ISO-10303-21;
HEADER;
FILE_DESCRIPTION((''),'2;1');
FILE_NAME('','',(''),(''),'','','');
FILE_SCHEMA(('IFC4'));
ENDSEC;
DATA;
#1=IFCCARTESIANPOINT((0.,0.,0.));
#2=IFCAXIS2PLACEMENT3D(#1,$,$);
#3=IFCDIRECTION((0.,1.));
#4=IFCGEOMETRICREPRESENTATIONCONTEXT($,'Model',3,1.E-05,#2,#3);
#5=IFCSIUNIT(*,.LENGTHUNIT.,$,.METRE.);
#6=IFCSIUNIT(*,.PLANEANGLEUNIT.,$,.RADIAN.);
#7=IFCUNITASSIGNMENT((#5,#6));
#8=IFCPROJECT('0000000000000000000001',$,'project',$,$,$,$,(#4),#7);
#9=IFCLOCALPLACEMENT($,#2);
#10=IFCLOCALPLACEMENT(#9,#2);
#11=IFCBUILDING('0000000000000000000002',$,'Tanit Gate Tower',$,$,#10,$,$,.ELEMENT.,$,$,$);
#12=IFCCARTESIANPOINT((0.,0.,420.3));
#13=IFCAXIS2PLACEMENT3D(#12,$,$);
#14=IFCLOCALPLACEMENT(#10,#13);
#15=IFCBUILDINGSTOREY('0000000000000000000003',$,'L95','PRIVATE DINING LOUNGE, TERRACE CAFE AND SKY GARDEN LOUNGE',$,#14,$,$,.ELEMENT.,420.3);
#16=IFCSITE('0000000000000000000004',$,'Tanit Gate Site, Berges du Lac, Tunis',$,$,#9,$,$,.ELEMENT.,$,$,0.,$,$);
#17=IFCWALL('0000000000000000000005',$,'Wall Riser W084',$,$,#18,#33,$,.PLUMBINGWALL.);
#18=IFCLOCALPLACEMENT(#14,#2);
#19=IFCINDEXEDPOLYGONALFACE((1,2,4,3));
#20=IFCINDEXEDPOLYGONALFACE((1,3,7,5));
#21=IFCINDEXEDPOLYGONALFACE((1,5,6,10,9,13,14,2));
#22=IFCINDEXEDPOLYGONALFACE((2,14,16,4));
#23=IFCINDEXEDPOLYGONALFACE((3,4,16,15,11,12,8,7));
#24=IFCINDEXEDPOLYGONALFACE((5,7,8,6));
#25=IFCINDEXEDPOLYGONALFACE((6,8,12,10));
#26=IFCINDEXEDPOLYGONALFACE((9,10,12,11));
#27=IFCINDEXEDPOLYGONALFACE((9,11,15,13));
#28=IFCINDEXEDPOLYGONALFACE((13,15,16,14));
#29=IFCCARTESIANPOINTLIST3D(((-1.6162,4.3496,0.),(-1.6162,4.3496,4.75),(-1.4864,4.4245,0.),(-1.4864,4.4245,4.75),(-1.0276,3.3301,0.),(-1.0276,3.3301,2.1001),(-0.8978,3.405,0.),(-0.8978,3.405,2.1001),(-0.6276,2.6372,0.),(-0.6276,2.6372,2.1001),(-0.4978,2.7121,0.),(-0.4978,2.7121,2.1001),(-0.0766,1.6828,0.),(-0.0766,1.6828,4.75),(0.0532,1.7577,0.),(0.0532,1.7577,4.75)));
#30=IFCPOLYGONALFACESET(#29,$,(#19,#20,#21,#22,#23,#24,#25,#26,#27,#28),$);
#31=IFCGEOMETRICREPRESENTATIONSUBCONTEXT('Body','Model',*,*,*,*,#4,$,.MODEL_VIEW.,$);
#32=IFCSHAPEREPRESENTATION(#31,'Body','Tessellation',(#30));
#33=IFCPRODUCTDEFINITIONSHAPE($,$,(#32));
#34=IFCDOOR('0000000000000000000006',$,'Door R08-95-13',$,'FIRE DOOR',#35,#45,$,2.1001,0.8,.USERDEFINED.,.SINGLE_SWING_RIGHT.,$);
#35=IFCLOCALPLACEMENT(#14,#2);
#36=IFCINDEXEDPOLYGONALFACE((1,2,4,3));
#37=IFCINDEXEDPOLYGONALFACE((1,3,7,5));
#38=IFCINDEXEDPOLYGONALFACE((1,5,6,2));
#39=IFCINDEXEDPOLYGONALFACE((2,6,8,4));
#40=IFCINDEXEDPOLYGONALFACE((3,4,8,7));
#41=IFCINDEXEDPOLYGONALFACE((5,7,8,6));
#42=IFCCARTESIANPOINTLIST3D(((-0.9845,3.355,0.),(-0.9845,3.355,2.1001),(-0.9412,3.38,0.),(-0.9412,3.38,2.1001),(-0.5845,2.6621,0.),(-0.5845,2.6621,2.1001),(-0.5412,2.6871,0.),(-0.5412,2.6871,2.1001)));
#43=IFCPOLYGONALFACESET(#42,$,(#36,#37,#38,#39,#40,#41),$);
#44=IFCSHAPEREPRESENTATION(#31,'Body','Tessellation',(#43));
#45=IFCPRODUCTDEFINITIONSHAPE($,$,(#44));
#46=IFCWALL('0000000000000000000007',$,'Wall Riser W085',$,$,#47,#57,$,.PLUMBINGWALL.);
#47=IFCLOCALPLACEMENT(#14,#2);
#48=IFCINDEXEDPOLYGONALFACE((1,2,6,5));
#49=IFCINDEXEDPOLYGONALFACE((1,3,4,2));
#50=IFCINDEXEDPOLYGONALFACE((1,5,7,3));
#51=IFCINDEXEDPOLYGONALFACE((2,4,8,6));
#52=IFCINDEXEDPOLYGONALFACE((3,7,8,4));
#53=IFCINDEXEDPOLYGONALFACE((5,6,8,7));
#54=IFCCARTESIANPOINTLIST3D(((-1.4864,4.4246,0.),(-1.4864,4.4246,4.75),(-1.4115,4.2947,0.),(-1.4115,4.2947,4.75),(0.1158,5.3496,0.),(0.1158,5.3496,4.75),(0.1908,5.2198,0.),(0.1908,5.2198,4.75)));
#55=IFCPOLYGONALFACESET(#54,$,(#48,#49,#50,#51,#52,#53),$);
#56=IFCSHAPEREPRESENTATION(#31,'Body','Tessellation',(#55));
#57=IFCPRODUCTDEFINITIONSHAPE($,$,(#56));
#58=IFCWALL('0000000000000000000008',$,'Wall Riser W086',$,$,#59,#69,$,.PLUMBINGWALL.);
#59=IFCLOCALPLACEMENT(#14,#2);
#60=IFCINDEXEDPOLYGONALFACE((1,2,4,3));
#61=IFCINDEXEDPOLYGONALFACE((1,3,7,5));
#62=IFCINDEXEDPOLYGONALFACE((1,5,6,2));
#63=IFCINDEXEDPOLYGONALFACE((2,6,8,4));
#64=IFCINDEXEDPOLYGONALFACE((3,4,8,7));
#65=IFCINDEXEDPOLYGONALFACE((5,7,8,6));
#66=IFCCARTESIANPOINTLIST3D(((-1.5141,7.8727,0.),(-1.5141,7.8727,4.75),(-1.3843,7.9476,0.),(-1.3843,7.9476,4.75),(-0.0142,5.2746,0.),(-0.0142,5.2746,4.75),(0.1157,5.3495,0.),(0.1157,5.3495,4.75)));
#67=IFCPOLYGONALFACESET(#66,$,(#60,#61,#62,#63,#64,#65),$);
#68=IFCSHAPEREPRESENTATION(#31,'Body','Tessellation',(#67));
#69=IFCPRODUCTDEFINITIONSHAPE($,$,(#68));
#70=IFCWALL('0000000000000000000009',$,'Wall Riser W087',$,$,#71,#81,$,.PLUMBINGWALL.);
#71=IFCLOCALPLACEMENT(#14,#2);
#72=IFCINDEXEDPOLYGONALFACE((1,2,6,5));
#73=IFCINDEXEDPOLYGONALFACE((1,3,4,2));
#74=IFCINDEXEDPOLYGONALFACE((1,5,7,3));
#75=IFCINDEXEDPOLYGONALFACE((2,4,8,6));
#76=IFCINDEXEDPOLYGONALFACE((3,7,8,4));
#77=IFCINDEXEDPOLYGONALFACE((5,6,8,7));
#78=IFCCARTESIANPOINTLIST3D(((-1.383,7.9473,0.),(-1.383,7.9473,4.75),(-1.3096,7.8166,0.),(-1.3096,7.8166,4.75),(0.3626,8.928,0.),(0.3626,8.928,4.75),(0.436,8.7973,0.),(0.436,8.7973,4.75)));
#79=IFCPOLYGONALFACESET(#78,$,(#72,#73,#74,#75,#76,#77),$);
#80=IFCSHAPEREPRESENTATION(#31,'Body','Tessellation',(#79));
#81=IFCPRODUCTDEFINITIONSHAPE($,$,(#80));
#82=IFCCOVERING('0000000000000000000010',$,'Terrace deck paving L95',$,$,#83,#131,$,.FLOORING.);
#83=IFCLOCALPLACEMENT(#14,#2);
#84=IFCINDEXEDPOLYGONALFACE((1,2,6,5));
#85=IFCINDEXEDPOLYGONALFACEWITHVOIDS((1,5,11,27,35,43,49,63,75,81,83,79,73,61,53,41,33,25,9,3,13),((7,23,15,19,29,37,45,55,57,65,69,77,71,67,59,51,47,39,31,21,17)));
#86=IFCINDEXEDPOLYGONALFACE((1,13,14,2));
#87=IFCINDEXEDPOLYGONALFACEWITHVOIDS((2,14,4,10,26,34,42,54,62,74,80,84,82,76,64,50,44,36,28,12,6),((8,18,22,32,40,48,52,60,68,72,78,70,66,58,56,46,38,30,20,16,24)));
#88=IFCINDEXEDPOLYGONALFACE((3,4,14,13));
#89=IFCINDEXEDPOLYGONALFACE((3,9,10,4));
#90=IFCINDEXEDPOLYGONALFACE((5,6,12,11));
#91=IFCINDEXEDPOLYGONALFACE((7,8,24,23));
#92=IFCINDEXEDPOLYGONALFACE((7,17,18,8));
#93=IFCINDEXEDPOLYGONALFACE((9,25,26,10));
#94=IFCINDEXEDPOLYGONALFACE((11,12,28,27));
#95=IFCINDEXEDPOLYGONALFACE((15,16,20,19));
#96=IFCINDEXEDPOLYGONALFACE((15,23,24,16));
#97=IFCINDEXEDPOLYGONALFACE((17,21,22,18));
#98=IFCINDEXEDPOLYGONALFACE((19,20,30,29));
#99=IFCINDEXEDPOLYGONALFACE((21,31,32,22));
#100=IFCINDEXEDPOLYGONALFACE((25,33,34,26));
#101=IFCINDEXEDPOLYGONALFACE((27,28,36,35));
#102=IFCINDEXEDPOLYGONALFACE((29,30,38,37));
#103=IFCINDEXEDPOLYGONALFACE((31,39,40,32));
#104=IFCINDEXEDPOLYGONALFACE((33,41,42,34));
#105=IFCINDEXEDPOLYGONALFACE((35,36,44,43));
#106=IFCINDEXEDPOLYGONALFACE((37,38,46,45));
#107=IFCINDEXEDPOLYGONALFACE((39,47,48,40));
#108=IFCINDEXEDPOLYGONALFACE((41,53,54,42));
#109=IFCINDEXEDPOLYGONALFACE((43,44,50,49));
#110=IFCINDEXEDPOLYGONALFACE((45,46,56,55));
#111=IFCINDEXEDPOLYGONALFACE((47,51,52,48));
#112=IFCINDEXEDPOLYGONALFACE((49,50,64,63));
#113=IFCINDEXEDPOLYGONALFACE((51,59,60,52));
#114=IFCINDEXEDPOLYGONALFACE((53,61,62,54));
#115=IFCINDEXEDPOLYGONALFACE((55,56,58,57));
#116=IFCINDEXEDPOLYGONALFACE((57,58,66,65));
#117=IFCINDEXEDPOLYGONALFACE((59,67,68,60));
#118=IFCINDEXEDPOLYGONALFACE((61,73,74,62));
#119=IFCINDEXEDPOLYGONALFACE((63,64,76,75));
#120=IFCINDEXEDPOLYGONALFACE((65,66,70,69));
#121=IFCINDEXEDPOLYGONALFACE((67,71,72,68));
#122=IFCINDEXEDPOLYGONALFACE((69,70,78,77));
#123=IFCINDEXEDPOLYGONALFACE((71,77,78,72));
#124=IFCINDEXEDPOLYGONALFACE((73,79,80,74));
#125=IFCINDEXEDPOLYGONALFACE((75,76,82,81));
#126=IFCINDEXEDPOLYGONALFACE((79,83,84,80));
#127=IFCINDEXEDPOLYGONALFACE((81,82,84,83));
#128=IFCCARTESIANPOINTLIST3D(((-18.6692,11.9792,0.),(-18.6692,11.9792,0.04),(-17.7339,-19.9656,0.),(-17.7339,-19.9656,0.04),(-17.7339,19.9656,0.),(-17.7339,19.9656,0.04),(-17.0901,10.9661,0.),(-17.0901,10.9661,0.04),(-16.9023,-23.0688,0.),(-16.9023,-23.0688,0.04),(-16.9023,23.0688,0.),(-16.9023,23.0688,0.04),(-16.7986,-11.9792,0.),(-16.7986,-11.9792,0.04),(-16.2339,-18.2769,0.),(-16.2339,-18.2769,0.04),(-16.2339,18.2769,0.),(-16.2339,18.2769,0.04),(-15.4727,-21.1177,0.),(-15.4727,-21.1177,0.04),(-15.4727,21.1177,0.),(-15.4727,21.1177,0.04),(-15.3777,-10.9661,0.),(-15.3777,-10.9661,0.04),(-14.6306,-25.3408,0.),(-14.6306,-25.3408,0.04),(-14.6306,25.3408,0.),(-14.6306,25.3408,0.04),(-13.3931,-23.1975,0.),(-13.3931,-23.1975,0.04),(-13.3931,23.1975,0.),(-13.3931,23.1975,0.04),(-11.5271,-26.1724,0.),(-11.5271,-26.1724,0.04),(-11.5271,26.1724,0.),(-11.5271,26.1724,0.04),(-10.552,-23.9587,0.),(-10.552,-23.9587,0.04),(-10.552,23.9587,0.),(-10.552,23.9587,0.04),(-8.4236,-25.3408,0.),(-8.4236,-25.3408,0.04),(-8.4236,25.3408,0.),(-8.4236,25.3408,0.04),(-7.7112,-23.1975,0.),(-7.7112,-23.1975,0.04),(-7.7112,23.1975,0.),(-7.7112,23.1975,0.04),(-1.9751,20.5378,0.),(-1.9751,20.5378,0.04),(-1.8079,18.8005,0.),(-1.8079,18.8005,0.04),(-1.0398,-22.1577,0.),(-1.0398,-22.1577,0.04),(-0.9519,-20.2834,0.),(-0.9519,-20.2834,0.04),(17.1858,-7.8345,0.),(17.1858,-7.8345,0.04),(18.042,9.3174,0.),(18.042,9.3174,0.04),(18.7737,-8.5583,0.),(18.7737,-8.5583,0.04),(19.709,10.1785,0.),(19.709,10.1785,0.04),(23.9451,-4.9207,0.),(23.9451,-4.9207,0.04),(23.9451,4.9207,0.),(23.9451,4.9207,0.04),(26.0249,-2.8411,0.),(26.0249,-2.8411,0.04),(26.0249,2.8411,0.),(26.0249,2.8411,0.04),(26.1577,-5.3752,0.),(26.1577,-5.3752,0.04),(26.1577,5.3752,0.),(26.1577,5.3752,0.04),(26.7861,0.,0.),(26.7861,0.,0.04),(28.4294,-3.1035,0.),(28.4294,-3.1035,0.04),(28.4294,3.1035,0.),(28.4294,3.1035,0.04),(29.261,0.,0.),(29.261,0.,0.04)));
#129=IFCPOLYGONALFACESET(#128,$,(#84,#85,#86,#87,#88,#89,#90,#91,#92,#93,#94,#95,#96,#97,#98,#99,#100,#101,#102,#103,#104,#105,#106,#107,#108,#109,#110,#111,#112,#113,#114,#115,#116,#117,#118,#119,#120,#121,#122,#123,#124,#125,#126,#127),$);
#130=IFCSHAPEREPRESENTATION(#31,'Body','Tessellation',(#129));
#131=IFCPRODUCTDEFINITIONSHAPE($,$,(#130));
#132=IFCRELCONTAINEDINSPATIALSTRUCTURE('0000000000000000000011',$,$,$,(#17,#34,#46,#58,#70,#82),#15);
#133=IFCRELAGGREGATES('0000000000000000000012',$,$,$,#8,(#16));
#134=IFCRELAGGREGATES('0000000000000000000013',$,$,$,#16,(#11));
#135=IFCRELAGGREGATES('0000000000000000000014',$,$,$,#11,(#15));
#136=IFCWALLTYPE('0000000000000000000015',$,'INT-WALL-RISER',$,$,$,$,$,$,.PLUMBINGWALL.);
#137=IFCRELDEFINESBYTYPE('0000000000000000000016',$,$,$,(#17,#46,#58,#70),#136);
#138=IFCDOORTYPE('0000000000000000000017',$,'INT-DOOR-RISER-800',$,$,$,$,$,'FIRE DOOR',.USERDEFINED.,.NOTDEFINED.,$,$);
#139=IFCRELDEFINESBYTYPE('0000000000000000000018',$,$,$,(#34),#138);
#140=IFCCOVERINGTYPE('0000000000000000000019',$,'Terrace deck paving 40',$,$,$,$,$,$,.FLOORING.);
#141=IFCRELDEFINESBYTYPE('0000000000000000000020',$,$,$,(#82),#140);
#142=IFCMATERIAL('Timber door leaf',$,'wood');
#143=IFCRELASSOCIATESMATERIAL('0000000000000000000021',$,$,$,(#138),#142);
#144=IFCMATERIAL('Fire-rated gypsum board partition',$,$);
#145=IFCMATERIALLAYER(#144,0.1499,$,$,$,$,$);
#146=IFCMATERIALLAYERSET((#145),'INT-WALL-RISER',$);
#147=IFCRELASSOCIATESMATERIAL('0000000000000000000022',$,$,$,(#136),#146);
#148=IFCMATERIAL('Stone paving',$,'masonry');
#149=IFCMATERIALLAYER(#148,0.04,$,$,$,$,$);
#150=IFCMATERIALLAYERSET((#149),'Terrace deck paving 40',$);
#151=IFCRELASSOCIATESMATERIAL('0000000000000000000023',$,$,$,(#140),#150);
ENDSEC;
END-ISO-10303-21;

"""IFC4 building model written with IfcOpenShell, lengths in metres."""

from ifc_helpers import new_model, si_unit, direction, frame, frame_2d, origin, place, context, subcontext, project, spatial, polyline, rectangle, outline, extrude, material, layer, layer_set, type_object, element, fill, save


model = new_model("IFC4")

# Units and contexts
model_context = context("Model", 3, precision=1e-05, world=origin(), true_north=direction((0.0, 1.0)))
body_context = subcontext(model_context, "Body", "Model", "MODEL_VIEW")
ifc_project = project(units=[si_unit("LENGTHUNIT", "METRE"), si_unit("PLANEANGLEUNIT", "RADIAN")], contexts=[model_context])

# Site, building, storey
site_placement = place(None, origin())
site = spatial("IfcSite", under=ifc_project, at=site_placement, Name="Tanit Gate Site, Berges du Lac, Tunis", CompositionType="ELEMENT", RefElevation=0.0)
building_placement = place(site_placement, origin())
building = spatial("IfcBuilding", under=site, at=building_placement, Name="Tanit Gate Tower", CompositionType="ELEMENT")
storey_placement = place(building_placement, frame((0.0, 0.0, 420.3)))
storey = spatial("IfcBuildingStorey", under=building, at=storey_placement, Name="L95", Description="PRIVATE DINING LOUNGE, TERRACE CAFE AND SKY GARDEN LOUNGE", CompositionType="ELEMENT", Elevation=420.3)

# Shared definitions
ifc_material_1 = material(Name="Timber door leaf", Category="wood")
door_type_1 = type_object("IfcDoorType", Name="INT-DOOR-RISER-800", ElementType="FIRE DOOR", OperationType="NOTDEFINED", PredefinedType="USERDEFINED", material=ifc_material_1)

# Shared definitions
ifc_material_2 = material(Name="Fire-rated gypsum board partition")
ifc_layer_1 = layer(ifc_material_2, 0.1499)
ifc_layer_set_1 = layer_set([ifc_layer_1], Name="INT-WALL-RISER")
wall_type_1 = type_object("IfcWallType", Name="INT-WALL-RISER", PredefinedType="PLUMBINGWALL", material=ifc_layer_set_1)

# Wall, opening, door
wall_1_placement = place(storey_placement, frame((-1.5513, 4.387, 0.0), z_axis=(0.0, 0.0, 1.0), x_axis=(0.499976, -0.866039, 0.0)))
wall_1 = element("IfcWall", 1, at=wall_1_placement, inside=storey, type_object=wall_type_1, Name="Wall Riser W084", PredefinedType="PLUMBINGWALL", context=body_context, shape_type="SweptSolid", body=[
    extrude(rectangle(XDim=3.0793, YDim=0.1499, at=frame_2d((1.5396, 0.0))), origin(), (0.0, 0.0, 1.0), 4.75),
])
opening_1_placement = place(wall_1_placement, frame((1.1772, 0.0, 0.0)))
opening_1 = element("IfcOpeningElement", 2, at=opening_1_placement, cuts=wall_1, PredefinedType="OPENING", context=body_context, shape_type="SweptSolid", body=[
    extrude(rectangle(XDim=0.8, YDim=2.1001, at=frame_2d((0.3999, 1.05))), frame((0.0, 0.085, 0.0), z_axis=(0.0, -1.0, 0.0), x_axis=(1.0, 0.0, 0.0)), (0.0, 0.0, 1.0), 0.1699),
])
door_1_placement = place(opening_1_placement, origin())
door_1 = element("IfcDoor", 3, at=door_1_placement, inside=storey, type_object=door_type_1, Name="Door R08-95-13", ObjectType="FIRE DOOR", OperationType="SINGLE_SWING_RIGHT", OverallHeight=2.1001, OverallWidth=0.8, PredefinedType="USERDEFINED", context=body_context, shape_type="SweptSolid", body=[
    extrude(rectangle(XDim=0.8, YDim=2.1001, at=frame_2d((0.3999, 1.05))), frame((0.0, 0.0249, 0.0), z_axis=(0.0, -1.0, 0.0), x_axis=(1.0, 0.0, 0.0)), (0.0, 0.0, 1.0), 0.05),
])
fill(opening_1, door_1)

# Walls
wall_2_placement = place(storey_placement, frame((0.1533, 5.2847, 0.0), z_axis=(0.0, 0.0, 1.0), x_axis=(-0.866034, -0.499985, 0.0)))
element("IfcWall", 4, at=wall_2_placement, inside=storey, type_object=wall_type_1, Name="Wall Riser W085", PredefinedType="PLUMBINGWALL", context=body_context, shape_type="SweptSolid", body=[
    extrude(rectangle(XDim=1.8501, YDim=0.1499, at=frame_2d((0.925, 0.0))), origin(), (0.0, 0.0, 1.0), 4.75),
])
wall_3_placement = place(storey_placement, frame((-1.4492, 7.9102, 0.0), z_axis=(0.0, 0.0, 1.0), x_axis=(0.49999, -0.866031, 0.0)))
element("IfcWall", 5, at=wall_3_placement, inside=storey, type_object=wall_type_1, Name="Wall Riser W086", PredefinedType="PLUMBINGWALL", context=body_context, shape_type="SweptSolid", body=[
    extrude(rectangle(XDim=3.0, YDim=0.1499, at=frame_2d((1.5, 0.0))), origin(), (0.0, 0.0, 1.0), 4.75),
])
wall_4_placement = place(storey_placement, frame((0.3992, 8.8625, 0.0), z_axis=(0.0, 0.0, 1.0), x_axis=(-0.871829, -0.48981, 0.0)))
element("IfcWall", 6, at=wall_4_placement, inside=storey, type_object=wall_type_1, Name="Wall Riser W087", PredefinedType="PLUMBINGWALL", context=body_context, shape_type="SweptSolid", body=[
    extrude(rectangle(XDim=2.0022, YDim=0.1499, at=frame_2d((1.001, 0.0))), origin(), (0.0, 0.0, 1.0), 4.75),
])

# Covering
ifc_material_3 = material(Name="Stone paving", Category="masonry")
ifc_layer_2 = layer(ifc_material_3, 0.04)
ifc_layer_set_2 = layer_set([ifc_layer_2], Name="Terrace deck paving 40")
covering_type = type_object("IfcCoveringType", Name="Terrace deck paving 40", PredefinedType="FLOORING", material=ifc_layer_set_2)
covering_placement = place(storey_placement, origin())
element("IfcCovering", 7, at=covering_placement, inside=storey, type_object=covering_type, Name="Terrace deck paving L95", PredefinedType="FLOORING", context=body_context, shape_type="SweptSolid", body=[
    extrude(outline(polyline([(28.4294, 3.1035), (29.261, 0.0), (28.4294, -3.1035), (26.1577, -5.3752), (18.7737, -8.5583), (-1.0398, -22.1577), (-8.4236, -25.3408), (-11.5271, -26.1724), (-14.6306, -25.3408), (-16.9023, -23.0688), (-17.7339, -19.9656), (-16.7986, -11.9792), (-18.6692, 11.9792), (-17.7339, 19.9656), (-16.9023, 23.0688), (-14.6306, 25.3408), (-11.5271, 26.1724), (-8.4236, 25.3408), (-1.9751, 20.5378), (19.709, 10.1785), (26.1577, 5.3752), (28.4294, 3.1035)]), holes=[polyline([(18.042, 9.3174), (-1.8079, 18.8005), (-7.7112, 23.1975), (-10.552, 23.9587), (-13.3931, 23.1975), (-15.4727, 21.1177), (-16.2339, 18.2769), (-17.0901, 10.9661), (-15.3777, -10.9661), (-16.2339, -18.2769), (-15.4727, -21.1177), (-13.3931, -23.1975), (-10.552, -23.9587), (-7.7112, -23.1975), (-0.9519, -20.2834), (17.1858, -7.8345), (23.9451, -4.9207), (26.0249, -2.8411), (26.7861, 0.0), (26.0249, 2.8411), (23.9451, 4.9207), (18.042, 9.3174)])]), origin(), (0.0, 0.0, 1.0), 0.04),
])

save(model, "model.ifc")
